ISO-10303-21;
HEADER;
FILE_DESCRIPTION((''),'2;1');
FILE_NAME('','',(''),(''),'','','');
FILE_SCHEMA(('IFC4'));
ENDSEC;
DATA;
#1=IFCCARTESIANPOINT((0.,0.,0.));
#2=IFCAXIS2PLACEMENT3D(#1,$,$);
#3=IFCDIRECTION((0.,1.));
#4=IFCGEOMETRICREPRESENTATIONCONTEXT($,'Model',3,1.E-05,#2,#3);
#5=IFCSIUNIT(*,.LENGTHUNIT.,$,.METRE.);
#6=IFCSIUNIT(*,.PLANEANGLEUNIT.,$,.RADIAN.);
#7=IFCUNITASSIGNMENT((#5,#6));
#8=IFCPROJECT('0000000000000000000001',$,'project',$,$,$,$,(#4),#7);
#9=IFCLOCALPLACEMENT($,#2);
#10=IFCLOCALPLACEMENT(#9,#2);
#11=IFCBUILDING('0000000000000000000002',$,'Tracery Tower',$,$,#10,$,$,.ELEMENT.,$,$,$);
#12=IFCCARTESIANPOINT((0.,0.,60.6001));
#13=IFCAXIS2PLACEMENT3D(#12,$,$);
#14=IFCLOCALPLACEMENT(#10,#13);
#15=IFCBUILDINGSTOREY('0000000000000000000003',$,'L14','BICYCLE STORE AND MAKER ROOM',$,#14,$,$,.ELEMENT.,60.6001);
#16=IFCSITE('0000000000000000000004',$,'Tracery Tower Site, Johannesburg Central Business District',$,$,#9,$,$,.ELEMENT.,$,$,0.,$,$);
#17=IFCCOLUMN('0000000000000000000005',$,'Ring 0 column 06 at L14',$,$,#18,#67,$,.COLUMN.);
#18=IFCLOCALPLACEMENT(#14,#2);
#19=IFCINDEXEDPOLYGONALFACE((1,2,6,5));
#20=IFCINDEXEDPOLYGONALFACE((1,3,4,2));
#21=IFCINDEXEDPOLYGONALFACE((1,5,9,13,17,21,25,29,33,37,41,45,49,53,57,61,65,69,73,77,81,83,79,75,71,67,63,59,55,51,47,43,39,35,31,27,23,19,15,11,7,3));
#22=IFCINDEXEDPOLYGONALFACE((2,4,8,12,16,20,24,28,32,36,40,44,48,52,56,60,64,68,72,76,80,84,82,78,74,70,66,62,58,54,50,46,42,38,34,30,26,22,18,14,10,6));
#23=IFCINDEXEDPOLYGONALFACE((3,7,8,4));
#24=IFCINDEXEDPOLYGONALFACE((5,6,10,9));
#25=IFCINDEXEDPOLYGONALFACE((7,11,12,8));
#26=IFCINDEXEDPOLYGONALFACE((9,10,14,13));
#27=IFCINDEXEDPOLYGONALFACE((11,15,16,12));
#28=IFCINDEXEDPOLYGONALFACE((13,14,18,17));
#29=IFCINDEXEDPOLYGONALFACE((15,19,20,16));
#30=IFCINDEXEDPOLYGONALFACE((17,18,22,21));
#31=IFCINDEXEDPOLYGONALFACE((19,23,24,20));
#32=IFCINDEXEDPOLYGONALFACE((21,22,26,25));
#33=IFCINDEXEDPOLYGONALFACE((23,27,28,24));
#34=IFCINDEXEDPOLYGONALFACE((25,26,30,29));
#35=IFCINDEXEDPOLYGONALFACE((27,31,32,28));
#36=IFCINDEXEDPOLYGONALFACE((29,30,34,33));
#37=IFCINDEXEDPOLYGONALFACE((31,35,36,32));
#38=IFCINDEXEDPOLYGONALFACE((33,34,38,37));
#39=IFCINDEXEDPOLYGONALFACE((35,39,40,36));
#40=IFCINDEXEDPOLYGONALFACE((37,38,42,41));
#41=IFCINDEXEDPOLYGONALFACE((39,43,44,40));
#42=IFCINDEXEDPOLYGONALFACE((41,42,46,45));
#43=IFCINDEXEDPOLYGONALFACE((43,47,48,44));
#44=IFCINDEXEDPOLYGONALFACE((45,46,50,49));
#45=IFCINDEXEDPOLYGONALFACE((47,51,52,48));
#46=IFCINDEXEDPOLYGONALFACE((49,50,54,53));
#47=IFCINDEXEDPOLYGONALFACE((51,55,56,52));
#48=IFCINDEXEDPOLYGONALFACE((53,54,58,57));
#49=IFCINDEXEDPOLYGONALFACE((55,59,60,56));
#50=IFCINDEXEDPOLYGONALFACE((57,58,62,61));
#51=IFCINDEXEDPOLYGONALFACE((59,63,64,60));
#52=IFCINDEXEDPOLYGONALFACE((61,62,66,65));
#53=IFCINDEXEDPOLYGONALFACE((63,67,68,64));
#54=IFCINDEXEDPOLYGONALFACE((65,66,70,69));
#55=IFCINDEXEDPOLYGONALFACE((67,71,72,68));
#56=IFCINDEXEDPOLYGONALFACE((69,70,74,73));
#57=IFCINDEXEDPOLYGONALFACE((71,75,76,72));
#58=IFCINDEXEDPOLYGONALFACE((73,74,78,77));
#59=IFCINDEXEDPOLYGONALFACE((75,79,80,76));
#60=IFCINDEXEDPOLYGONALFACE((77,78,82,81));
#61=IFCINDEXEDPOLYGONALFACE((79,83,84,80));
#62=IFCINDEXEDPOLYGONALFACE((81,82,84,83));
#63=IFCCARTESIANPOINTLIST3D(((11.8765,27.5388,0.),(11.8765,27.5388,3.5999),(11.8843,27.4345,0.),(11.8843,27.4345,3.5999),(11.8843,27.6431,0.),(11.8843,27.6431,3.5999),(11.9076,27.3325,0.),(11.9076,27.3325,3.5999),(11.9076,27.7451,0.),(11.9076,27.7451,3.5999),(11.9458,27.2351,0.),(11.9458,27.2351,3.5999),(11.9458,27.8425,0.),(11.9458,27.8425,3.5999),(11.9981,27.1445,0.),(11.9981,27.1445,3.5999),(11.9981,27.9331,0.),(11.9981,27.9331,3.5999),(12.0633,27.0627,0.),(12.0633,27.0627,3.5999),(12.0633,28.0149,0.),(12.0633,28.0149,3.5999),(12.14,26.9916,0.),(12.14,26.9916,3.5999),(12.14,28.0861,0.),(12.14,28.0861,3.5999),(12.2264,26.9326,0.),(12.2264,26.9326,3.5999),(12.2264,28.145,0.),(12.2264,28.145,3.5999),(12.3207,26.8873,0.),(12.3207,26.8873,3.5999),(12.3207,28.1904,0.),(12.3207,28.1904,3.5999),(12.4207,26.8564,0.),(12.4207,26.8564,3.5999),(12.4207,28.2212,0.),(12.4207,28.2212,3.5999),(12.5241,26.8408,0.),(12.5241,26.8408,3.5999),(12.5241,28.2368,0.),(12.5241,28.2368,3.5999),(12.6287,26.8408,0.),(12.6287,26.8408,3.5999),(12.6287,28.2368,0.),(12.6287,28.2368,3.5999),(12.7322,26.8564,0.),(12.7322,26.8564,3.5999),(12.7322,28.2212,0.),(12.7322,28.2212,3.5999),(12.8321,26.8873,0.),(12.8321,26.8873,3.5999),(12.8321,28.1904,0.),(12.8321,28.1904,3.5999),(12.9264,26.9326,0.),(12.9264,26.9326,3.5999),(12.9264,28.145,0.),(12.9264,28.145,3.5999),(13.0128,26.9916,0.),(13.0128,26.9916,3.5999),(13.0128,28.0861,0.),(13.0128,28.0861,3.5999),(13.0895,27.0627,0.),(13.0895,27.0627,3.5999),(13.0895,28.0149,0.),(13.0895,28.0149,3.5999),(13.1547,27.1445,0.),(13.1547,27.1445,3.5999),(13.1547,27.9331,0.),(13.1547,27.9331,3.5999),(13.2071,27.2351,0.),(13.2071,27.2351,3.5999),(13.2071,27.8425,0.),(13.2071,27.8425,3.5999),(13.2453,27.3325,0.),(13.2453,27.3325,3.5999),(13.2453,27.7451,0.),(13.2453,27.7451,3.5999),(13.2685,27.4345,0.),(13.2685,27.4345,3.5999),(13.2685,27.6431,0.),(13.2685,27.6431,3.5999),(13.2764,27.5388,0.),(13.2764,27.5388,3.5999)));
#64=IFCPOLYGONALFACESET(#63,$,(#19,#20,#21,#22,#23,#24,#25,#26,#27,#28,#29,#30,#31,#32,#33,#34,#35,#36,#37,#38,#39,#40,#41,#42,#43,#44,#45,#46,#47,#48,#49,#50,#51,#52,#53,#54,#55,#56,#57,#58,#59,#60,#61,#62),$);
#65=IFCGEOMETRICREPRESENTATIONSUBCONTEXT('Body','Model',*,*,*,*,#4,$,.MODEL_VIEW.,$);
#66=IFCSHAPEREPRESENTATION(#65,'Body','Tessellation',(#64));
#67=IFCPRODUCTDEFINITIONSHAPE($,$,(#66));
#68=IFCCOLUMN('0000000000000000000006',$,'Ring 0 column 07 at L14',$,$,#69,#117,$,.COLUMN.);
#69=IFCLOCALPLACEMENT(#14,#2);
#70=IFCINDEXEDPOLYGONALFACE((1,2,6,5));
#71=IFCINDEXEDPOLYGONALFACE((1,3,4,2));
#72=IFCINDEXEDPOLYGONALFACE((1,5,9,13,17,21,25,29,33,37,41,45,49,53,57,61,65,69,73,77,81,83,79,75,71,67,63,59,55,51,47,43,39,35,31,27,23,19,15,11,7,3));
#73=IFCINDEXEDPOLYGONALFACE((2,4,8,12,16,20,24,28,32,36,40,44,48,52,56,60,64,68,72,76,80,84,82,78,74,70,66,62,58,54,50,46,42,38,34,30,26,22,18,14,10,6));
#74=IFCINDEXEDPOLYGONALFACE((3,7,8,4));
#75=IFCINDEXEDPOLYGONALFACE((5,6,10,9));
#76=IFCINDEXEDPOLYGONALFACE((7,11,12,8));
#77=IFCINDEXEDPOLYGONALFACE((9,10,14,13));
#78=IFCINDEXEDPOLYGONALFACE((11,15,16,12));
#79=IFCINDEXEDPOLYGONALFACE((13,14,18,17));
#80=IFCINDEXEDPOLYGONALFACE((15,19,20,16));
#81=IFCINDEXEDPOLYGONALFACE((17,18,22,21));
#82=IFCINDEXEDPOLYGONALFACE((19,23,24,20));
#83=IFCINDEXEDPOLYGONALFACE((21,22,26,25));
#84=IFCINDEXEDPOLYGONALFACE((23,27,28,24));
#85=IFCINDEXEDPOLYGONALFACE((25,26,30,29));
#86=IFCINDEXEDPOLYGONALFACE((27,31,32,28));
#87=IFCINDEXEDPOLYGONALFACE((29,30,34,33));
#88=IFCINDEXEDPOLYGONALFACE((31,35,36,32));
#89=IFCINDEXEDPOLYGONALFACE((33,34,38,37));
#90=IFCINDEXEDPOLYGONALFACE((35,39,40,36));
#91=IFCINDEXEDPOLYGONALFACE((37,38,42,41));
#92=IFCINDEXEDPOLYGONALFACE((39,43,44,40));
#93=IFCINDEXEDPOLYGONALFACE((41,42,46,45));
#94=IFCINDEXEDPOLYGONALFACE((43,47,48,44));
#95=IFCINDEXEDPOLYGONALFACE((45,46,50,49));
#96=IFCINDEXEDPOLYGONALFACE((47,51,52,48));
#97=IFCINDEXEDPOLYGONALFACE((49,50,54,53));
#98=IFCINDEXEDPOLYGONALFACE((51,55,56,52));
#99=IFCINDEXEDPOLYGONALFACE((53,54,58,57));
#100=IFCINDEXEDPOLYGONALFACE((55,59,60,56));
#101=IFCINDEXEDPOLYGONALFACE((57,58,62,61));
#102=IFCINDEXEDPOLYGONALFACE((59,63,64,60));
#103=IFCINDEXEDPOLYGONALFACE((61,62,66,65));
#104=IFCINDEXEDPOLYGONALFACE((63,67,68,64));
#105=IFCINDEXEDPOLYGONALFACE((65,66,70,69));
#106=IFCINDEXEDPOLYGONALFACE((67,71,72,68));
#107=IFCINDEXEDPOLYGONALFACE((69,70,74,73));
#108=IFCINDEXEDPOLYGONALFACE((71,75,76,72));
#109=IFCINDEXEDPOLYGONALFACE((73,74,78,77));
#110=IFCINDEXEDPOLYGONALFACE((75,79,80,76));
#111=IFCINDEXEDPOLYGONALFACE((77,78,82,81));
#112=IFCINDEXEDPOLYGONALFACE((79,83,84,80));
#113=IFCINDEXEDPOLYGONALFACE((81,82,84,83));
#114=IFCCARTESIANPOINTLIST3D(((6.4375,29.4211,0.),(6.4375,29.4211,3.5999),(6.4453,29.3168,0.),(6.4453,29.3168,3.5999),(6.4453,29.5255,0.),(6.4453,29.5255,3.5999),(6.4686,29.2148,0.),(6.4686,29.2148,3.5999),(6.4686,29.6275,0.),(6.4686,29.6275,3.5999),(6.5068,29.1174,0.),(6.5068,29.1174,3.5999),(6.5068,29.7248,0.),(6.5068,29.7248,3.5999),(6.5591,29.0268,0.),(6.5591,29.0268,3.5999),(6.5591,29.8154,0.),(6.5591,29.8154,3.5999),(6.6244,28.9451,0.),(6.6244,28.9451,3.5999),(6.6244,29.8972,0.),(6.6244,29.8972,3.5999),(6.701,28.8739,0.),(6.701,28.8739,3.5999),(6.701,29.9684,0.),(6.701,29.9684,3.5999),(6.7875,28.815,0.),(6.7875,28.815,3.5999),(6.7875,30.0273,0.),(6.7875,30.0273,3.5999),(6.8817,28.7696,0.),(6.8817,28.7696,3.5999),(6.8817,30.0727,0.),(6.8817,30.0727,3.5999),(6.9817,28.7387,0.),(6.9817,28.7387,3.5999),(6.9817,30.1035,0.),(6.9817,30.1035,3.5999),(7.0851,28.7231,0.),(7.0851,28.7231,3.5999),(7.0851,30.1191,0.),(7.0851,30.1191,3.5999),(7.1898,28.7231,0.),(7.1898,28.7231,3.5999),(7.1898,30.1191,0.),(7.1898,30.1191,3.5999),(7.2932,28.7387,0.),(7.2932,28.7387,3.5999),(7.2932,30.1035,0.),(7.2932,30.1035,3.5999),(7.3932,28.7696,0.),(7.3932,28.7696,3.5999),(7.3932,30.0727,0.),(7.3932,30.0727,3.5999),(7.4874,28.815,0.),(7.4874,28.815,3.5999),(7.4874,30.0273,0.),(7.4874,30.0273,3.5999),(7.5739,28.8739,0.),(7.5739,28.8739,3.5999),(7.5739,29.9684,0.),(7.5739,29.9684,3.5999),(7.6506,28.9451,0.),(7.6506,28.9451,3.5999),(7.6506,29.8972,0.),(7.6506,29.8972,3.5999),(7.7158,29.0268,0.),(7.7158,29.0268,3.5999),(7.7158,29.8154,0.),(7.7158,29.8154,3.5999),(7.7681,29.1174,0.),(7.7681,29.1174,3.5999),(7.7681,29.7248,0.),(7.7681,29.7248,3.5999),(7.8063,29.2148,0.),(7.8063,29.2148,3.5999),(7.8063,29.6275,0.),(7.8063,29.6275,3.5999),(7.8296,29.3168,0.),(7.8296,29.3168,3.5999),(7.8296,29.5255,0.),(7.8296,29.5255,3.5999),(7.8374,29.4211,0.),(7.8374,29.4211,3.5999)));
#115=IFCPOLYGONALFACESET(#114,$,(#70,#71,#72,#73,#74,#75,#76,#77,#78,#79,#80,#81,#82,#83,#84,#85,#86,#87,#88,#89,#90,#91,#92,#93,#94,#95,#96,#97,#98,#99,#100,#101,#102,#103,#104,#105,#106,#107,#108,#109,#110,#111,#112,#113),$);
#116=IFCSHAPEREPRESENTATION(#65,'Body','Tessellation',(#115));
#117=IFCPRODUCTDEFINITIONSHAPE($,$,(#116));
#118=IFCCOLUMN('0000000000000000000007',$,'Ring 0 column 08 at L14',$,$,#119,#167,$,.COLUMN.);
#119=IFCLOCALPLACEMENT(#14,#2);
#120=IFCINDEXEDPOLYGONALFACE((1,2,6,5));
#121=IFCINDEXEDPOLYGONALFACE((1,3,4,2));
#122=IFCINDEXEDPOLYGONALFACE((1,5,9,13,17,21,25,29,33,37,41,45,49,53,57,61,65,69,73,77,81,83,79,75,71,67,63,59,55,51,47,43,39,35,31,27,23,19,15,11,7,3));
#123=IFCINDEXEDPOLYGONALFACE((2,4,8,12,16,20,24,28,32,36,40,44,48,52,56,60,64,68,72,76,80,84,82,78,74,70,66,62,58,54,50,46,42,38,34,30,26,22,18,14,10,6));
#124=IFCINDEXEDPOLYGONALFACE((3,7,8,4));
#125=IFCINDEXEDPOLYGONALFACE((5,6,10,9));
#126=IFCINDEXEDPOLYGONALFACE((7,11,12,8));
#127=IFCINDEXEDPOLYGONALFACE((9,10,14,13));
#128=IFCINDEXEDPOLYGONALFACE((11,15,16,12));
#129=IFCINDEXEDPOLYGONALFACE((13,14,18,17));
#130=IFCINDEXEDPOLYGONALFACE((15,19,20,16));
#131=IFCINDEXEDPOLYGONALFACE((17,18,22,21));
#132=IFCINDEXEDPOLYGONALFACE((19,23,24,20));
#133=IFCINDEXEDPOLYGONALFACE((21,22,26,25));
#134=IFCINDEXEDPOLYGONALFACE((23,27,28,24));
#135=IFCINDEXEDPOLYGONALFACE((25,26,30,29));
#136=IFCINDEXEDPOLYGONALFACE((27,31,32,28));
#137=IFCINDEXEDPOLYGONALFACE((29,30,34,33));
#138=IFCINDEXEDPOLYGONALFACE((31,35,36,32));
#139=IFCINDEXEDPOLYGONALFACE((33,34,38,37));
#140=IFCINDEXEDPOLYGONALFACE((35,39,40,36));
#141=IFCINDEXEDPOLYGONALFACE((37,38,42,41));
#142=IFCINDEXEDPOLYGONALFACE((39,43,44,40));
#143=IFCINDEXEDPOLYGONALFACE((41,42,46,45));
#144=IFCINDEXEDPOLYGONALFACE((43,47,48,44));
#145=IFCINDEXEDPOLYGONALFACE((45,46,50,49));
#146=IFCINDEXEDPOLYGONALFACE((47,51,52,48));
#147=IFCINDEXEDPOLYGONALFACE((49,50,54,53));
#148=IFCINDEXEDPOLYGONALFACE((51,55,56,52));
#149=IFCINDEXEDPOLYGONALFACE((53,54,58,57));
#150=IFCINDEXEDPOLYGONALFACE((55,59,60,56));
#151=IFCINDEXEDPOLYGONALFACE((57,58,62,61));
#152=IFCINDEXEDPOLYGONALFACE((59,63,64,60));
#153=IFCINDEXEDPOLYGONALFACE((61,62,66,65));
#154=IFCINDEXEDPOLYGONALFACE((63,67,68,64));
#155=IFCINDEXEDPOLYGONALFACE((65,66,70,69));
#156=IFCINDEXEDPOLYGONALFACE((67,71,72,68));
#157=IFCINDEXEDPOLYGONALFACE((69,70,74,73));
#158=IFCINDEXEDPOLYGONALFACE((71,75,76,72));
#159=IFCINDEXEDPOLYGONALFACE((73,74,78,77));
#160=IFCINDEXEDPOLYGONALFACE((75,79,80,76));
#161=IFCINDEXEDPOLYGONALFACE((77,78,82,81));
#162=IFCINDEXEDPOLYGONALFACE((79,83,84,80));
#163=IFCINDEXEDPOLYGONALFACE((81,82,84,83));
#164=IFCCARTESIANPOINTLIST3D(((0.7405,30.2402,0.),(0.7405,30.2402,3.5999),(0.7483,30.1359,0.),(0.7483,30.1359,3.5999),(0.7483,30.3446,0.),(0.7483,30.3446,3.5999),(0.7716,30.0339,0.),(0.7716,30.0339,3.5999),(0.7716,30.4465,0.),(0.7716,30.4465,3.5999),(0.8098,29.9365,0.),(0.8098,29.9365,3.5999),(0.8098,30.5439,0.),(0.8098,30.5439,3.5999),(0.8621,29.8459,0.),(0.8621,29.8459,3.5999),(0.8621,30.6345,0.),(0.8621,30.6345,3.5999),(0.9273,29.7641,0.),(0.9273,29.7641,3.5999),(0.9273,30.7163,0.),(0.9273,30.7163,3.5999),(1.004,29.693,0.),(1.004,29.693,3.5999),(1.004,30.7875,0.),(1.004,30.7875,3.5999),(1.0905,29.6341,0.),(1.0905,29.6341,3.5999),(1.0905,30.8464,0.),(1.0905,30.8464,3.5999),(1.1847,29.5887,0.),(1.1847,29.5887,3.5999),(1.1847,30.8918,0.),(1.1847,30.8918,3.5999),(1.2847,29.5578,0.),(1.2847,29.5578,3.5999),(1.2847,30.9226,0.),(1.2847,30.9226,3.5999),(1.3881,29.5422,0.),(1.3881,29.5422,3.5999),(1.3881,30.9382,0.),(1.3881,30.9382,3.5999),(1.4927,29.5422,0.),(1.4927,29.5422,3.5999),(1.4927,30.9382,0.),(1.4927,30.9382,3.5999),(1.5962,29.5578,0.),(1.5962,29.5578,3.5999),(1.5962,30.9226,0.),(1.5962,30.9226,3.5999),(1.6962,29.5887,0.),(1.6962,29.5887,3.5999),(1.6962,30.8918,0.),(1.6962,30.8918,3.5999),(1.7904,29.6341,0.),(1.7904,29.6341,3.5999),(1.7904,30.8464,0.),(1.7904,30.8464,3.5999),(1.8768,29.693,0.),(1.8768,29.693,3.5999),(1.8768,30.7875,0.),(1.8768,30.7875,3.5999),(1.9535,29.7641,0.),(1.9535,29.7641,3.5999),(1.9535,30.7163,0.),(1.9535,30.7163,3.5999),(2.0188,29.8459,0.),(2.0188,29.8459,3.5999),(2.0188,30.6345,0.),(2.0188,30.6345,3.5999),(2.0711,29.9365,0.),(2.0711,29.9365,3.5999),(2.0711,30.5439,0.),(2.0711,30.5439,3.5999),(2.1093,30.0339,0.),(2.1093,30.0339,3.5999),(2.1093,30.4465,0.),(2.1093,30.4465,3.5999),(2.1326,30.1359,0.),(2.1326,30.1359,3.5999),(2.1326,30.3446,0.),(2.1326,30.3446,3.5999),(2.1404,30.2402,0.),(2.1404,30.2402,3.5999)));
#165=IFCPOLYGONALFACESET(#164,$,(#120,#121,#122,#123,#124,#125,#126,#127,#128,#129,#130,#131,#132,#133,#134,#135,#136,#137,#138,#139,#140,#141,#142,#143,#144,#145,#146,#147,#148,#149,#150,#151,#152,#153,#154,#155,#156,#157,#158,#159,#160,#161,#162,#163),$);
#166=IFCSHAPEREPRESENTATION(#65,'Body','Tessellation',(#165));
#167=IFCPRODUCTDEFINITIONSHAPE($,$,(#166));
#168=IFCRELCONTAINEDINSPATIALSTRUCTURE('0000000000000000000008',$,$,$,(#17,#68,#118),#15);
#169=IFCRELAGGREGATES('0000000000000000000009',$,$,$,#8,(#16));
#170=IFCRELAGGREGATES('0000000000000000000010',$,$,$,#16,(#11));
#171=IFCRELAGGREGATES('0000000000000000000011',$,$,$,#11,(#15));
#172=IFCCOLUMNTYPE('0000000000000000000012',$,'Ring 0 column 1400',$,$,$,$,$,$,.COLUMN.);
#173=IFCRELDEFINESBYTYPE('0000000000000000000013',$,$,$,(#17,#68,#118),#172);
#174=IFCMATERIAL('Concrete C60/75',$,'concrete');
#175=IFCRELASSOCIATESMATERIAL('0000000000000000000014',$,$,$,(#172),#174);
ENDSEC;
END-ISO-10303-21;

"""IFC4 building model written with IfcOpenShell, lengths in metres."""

from ifc_helpers import new_model, si_unit, direction, frame, origin, origin_2d, place, context, subcontext, project, spatial, circle, extrude, material, material_profile, profile_set, type_object, element, save


model = new_model("IFC4")

# Units and contexts
model_context = context("Model", 3, precision=1e-05, world=origin(), true_north=direction((0.0, 1.0)))
body_context = subcontext(model_context, "Body", "Model", "MODEL_VIEW")
ifc_project = project(units=[si_unit("LENGTHUNIT", "METRE"), si_unit("PLANEANGLEUNIT", "RADIAN")], contexts=[model_context])

# Site, building, storey
site_placement = place(None, origin())
site = spatial("IfcSite", under=ifc_project, at=site_placement, Name="Tracery Tower Site, Johannesburg Central Business District", CompositionType="ELEMENT", RefElevation=0.0)
building_placement = place(site_placement, origin())
building = spatial("IfcBuilding", under=site, at=building_placement, Name="Tracery Tower", CompositionType="ELEMENT")
storey_placement = place(building_placement, frame((0.0, 0.0, 60.6001)))
storey = spatial("IfcBuildingStorey", under=building, at=storey_placement, Name="L14", Description="BICYCLE STORE AND MAKER ROOM", CompositionType="ELEMENT", Elevation=60.6001)

# Columns
ifc_material_1 = material(Name="Concrete C60/75", Category="concrete")
ifc_material_profile_1 = material_profile(ifc_material_1, circle(Radius=0.7, at=origin_2d()), Name="RC D1400")
ifc_profile_set_1 = profile_set([ifc_material_profile_1], Name="Concrete C60/75")
column_type_1 = type_object("IfcColumnType", Name="Ring 0 column 1400", PredefinedType="COLUMN", material=ifc_profile_set_1)
for number, where, z_axis, x_axis, name in (
    (1, (12.5764, 27.5388, 0.0), (0.0, 0.0, 1.0), (1.0, 0.0, 0.0), "Ring 0 column 06 at L14"),
    (2, (7.1375, 29.4211, 0.0), (0.0, 0.0, 1.0), (1.0, 0.0, 0.0), "Ring 0 column 07 at L14"),
    (3, (1.4404, 30.2402, 0.0), (0.0, 0.0, 1.0), (1.0, 0.0, 0.0), "Ring 0 column 08 at L14"),
):
    element("IfcColumn", number, at=place(storey_placement, frame(where, z_axis=z_axis, x_axis=x_axis)), inside=storey, type_object=column_type_1, Name=name, PredefinedType="COLUMN", context=body_context, shape_type="SweptSolid", body=[
        extrude(circle(Radius=0.7, at=origin_2d()), origin(), (0.0, 0.0, 1.0), 3.5999),
    ])

save(model, "model.ifc")
